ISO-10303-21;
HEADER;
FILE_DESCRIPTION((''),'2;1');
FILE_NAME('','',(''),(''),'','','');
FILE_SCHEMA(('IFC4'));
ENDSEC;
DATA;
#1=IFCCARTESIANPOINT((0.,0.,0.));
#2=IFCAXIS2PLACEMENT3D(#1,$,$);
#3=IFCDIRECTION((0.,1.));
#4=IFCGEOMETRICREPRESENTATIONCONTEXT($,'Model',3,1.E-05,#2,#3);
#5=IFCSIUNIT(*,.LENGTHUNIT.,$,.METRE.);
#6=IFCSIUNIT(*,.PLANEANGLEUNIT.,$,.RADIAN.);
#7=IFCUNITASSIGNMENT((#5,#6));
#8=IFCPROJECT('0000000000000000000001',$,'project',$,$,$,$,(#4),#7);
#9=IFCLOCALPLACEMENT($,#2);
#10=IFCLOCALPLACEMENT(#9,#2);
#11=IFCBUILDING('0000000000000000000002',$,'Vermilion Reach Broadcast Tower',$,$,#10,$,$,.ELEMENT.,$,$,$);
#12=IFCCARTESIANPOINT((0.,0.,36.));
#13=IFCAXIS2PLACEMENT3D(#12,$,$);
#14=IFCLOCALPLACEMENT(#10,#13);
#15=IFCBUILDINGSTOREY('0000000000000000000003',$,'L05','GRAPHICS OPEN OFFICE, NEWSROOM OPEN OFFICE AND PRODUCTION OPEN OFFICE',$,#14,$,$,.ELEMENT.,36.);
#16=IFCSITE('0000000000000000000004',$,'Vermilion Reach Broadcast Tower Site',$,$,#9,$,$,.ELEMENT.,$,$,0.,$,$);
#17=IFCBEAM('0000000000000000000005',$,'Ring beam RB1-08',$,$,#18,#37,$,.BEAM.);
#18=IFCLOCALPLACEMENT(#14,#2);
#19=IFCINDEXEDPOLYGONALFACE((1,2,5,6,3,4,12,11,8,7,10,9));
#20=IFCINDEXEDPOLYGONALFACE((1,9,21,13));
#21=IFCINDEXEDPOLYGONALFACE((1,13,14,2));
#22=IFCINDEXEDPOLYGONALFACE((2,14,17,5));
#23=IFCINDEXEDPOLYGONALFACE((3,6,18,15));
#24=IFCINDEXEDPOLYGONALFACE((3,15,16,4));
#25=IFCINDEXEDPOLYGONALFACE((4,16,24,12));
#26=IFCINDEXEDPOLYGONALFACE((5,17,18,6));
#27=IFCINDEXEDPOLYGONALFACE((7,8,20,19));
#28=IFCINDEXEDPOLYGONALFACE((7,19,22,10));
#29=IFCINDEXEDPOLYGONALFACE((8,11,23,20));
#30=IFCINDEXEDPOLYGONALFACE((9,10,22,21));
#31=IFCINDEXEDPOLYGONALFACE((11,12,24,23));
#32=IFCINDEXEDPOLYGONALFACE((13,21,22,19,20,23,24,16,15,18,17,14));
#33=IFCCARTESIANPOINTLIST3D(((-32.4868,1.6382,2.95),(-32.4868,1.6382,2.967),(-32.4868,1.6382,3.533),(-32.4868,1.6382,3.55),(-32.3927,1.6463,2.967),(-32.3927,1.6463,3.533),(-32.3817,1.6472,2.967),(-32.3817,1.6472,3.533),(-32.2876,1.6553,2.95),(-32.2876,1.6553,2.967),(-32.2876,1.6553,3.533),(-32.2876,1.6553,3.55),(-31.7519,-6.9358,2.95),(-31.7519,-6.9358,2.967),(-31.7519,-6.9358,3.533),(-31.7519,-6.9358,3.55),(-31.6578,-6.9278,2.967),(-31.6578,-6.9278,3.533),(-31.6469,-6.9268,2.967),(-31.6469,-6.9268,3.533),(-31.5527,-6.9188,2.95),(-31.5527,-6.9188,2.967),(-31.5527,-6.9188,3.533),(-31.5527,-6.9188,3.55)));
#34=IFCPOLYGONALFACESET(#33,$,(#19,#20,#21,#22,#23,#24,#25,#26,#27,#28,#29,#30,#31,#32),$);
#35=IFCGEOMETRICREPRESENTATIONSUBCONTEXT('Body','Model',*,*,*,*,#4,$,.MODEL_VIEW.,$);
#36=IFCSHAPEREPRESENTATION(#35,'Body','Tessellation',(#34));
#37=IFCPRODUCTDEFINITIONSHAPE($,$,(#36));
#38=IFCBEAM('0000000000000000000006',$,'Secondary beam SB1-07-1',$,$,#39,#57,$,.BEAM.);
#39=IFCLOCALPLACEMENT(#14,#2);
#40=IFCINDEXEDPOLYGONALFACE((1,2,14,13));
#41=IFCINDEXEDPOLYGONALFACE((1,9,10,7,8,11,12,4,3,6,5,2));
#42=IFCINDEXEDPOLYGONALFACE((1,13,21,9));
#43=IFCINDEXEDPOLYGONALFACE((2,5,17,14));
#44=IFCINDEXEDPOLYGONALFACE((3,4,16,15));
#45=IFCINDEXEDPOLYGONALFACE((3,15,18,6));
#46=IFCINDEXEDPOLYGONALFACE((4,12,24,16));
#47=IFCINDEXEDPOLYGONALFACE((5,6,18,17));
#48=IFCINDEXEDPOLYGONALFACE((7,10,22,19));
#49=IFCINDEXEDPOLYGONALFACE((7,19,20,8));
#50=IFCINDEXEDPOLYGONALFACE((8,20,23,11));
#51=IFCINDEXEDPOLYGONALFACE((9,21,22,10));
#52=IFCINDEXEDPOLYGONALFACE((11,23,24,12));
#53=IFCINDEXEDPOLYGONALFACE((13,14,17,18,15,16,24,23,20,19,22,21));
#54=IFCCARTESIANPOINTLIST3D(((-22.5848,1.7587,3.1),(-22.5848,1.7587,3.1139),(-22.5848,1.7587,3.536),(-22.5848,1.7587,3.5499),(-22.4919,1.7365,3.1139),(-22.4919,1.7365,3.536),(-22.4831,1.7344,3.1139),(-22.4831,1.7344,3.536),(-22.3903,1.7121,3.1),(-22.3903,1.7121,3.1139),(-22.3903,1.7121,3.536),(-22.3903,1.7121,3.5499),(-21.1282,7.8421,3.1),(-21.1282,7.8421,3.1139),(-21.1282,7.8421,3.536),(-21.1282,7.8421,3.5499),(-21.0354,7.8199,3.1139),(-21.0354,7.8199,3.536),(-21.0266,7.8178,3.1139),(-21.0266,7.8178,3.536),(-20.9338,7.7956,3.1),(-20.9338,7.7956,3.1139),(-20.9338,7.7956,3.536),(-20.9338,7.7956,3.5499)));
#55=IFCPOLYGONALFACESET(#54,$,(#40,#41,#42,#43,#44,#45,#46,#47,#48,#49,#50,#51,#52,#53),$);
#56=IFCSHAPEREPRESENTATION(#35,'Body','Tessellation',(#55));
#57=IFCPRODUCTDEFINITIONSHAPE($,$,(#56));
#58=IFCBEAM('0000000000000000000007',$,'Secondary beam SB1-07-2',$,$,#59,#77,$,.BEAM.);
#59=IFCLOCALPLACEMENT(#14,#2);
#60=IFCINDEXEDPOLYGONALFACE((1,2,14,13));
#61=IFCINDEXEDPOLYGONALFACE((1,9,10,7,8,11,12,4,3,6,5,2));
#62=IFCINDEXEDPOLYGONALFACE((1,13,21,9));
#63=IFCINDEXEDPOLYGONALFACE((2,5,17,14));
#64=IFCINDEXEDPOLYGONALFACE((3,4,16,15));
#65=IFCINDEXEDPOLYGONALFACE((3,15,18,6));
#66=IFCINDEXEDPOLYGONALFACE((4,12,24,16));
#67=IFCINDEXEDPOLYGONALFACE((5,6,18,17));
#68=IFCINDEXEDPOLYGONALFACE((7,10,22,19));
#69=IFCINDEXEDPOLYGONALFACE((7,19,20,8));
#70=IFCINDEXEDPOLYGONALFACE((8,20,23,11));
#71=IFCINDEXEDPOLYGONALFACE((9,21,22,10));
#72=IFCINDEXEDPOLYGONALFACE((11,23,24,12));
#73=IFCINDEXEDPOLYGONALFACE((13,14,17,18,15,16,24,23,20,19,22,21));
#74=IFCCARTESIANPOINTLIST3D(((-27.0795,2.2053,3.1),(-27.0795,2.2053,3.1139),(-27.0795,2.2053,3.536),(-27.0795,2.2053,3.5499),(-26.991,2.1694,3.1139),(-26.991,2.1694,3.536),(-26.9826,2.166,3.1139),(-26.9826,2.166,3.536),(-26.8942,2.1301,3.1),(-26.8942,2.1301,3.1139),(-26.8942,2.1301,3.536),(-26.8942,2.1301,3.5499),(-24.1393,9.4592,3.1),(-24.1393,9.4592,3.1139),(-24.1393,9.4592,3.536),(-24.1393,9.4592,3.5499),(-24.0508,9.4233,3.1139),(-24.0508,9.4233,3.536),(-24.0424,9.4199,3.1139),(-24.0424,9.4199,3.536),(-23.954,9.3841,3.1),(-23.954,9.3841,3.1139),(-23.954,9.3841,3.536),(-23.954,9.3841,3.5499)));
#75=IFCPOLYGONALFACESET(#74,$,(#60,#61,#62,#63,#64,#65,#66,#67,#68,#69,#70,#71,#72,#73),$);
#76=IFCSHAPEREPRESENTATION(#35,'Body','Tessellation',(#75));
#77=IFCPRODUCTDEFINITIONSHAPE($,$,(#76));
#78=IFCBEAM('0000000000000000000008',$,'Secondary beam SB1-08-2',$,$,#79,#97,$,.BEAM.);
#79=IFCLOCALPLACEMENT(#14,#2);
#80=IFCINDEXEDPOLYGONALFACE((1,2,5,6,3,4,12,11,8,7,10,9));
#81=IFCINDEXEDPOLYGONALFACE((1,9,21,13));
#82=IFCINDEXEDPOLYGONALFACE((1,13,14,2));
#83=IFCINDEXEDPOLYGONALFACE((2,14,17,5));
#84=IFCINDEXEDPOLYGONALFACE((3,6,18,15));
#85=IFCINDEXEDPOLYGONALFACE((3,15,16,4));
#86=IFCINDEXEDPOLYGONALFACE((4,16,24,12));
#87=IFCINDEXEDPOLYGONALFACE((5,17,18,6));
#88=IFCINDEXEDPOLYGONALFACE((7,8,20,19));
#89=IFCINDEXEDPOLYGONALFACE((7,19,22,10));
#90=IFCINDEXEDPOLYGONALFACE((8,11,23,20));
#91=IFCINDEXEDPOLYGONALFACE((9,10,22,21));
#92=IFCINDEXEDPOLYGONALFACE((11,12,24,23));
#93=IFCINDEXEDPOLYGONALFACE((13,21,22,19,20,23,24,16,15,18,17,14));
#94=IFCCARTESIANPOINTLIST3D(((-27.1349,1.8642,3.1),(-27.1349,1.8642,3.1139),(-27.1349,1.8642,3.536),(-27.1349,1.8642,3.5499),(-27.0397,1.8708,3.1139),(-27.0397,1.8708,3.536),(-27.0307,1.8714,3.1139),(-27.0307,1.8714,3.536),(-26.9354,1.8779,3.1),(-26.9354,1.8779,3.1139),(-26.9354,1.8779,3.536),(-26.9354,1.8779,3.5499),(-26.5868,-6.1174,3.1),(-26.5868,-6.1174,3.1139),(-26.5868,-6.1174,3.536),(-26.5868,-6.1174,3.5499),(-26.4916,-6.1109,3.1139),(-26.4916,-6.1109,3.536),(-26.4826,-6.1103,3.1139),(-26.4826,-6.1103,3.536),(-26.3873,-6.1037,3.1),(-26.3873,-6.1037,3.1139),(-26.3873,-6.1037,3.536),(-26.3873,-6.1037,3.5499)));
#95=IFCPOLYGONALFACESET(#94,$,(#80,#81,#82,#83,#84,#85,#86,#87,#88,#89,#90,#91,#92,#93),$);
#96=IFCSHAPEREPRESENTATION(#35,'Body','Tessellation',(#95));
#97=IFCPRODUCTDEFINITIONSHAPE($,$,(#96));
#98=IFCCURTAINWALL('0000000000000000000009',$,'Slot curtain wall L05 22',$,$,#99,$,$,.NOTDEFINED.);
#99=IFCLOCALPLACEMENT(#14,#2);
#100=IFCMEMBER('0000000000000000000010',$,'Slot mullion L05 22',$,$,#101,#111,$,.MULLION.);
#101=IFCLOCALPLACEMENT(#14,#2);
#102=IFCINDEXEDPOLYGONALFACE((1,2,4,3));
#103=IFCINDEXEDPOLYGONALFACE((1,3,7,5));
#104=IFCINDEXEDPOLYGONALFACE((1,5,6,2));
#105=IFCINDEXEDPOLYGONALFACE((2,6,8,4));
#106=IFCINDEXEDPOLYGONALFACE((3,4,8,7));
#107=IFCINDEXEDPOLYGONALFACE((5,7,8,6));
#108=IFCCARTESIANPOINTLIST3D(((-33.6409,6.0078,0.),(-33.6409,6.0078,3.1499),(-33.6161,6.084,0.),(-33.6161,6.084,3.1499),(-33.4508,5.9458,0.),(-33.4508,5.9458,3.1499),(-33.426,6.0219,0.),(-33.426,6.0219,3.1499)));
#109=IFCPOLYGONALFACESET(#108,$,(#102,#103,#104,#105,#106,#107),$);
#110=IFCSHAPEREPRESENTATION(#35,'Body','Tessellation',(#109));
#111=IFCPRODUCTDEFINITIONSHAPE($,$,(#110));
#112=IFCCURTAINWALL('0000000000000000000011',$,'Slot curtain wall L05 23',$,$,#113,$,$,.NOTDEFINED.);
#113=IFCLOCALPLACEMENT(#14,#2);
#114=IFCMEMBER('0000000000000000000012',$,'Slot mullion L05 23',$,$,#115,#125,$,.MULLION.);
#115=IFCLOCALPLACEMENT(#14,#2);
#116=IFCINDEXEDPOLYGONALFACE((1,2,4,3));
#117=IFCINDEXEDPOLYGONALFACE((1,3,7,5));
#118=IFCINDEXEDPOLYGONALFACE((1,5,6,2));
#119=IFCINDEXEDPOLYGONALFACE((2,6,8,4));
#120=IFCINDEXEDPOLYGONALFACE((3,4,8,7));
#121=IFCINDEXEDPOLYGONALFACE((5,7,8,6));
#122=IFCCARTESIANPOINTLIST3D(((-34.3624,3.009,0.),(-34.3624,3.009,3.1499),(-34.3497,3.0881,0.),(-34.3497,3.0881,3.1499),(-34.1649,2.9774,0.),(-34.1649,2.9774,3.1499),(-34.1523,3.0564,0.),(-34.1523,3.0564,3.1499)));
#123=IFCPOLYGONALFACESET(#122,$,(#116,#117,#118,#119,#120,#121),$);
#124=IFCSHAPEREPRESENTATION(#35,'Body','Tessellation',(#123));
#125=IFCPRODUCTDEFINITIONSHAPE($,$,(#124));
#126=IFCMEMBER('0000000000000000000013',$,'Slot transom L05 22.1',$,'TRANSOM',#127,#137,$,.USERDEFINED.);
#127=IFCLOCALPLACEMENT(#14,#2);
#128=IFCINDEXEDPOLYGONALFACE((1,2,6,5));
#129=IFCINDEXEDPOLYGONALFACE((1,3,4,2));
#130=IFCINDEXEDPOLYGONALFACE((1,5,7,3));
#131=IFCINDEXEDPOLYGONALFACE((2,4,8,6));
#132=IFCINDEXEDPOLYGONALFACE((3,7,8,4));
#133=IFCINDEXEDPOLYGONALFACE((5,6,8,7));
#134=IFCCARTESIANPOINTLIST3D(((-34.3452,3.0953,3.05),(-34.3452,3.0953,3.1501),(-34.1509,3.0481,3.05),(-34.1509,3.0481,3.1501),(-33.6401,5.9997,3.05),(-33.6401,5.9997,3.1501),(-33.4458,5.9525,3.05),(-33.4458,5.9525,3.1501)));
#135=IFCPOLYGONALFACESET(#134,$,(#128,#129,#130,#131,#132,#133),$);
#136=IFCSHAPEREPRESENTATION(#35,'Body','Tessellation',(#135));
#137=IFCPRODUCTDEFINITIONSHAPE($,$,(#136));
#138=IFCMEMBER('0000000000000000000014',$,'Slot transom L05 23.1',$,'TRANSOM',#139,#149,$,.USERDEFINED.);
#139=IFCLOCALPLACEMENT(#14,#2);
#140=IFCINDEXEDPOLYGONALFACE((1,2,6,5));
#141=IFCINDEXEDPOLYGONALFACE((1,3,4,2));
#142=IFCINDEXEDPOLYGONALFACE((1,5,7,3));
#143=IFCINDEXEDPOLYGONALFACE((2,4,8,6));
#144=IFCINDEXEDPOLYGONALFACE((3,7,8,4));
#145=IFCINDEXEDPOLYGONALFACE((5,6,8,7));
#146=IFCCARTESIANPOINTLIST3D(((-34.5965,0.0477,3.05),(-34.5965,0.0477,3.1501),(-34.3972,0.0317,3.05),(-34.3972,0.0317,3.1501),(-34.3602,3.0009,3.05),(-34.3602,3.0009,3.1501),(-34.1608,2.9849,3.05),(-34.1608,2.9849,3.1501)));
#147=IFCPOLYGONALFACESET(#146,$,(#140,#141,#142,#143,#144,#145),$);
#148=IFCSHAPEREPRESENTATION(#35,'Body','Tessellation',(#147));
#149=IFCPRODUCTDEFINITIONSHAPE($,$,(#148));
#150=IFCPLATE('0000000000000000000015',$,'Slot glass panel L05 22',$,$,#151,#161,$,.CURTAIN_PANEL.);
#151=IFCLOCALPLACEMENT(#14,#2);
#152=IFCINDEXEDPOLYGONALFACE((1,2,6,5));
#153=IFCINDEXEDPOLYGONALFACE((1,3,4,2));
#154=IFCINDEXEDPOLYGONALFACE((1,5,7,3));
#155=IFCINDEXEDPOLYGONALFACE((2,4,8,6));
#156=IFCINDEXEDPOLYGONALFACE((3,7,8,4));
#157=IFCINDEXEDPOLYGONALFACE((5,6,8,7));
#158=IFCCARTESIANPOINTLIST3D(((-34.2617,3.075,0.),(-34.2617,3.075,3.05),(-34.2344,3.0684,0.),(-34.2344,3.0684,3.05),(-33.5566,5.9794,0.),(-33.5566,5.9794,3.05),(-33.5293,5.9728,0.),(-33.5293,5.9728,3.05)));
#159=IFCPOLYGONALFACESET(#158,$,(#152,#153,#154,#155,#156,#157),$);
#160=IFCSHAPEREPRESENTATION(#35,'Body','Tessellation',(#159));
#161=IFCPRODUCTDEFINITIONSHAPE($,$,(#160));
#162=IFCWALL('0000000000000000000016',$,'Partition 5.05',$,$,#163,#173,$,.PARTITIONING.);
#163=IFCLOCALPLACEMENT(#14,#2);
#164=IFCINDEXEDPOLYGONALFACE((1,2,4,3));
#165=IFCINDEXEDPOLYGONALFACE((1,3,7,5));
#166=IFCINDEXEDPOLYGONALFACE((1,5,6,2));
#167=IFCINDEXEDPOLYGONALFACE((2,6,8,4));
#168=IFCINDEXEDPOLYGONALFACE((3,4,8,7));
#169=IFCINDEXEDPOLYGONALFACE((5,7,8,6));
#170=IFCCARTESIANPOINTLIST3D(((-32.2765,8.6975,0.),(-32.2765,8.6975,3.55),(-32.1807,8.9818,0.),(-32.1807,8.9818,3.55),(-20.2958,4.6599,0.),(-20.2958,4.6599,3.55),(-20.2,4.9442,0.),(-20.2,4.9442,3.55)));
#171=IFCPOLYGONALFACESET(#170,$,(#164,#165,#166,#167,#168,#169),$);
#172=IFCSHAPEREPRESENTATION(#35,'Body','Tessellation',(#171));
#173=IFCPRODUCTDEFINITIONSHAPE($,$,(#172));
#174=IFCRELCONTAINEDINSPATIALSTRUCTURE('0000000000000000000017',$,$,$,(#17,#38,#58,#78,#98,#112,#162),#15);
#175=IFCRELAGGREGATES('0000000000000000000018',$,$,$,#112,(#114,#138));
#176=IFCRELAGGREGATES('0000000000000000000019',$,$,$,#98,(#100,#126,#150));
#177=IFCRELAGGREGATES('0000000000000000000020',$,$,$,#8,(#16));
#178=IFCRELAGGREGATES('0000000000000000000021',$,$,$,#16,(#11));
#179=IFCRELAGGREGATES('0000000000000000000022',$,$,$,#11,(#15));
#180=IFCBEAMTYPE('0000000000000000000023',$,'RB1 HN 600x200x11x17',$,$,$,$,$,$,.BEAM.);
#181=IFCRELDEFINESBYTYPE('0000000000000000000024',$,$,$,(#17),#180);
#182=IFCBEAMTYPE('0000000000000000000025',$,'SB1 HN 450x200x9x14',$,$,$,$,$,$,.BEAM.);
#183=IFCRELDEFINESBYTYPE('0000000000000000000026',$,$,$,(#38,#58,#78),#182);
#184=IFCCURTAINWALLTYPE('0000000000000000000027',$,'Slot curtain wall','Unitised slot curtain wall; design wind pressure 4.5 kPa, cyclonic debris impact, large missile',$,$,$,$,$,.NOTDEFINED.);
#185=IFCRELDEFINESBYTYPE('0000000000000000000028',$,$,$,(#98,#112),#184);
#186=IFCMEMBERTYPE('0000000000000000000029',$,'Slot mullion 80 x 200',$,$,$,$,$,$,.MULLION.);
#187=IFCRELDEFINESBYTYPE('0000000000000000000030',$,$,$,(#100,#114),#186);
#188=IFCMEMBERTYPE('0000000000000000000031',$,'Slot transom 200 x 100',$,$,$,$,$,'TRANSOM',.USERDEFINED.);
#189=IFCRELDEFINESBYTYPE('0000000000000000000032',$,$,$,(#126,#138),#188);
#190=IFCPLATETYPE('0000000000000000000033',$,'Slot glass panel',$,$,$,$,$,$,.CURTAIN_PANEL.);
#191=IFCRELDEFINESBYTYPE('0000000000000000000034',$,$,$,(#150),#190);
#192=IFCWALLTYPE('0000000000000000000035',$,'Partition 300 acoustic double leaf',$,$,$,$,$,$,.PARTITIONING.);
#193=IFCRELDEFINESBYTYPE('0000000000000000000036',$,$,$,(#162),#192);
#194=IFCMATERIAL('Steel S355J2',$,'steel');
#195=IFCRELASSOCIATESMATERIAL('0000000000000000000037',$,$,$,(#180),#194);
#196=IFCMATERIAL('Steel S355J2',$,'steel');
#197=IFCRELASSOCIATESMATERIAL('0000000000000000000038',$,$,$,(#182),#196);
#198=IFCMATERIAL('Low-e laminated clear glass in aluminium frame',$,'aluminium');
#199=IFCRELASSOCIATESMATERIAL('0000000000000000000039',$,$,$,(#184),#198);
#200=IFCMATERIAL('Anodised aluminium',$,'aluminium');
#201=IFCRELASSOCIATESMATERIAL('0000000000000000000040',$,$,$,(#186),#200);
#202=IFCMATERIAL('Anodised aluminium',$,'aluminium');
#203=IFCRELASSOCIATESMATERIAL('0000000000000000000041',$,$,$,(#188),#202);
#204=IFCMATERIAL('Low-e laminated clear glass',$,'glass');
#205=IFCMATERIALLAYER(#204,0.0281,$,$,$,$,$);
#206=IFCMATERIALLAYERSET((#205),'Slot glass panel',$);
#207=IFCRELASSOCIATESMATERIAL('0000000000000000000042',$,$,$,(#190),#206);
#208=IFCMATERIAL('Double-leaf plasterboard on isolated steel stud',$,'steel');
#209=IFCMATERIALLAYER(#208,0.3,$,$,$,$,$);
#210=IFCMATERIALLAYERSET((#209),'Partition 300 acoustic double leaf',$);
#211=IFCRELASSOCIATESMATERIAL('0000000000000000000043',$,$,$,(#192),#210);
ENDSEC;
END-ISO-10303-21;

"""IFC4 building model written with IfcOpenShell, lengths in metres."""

from ifc_helpers import new_model, si_unit, direction, frame, frame_2d, origin, origin_2d, place, context, subcontext, project, spatial, rectangle, i_section, extrude, material, layer, layer_set, material_profile, profile_set, type_object, element, aggregate, save


model = new_model("IFC4")

# Units and contexts
model_context = context("Model", 3, precision=1e-05, world=origin(), true_north=direction((0.0, 1.0)))
body_context = subcontext(model_context, "Body", "Model", "MODEL_VIEW")
ifc_project = project(units=[si_unit("LENGTHUNIT", "METRE"), si_unit("PLANEANGLEUNIT", "RADIAN")], contexts=[model_context])

# Site, building, storey
site_placement = place(None, origin())
site = spatial("IfcSite", under=ifc_project, at=site_placement, Name="Vermilion Reach Broadcast Tower Site", CompositionType="ELEMENT", RefElevation=0.0)
building_placement = place(site_placement, origin())
building = spatial("IfcBuilding", under=site, at=building_placement, Name="Vermilion Reach Broadcast Tower", CompositionType="ELEMENT")
storey_placement = place(building_placement, frame((0.0, 0.0, 36.0)))
storey = spatial("IfcBuildingStorey", under=building, at=storey_placement, Name="L05", Description="GRAPHICS OPEN OFFICE, NEWSROOM OPEN OFFICE AND PRODUCTION OPEN OFFICE", CompositionType="ELEMENT", Elevation=36.0)

# Beams
ifc_material_1 = material(Name="Steel S355J2", Category="steel")
ifc_material_profile_1 = material_profile(ifc_material_1, i_section(OverallWidth=0.2, OverallDepth=0.6001, WebThickness=0.011, FlangeThickness=0.0171, at=origin_2d()), Name="S355J2 HN 600x200x11x17")
ifc_profile_set_1 = profile_set([ifc_material_profile_1], Name="Steel S355J2")
beam_type_1 = type_object("IfcBeamType", Name="RB1 HN 600x200x11x17", PredefinedType="BEAM", material=ifc_profile_set_1)
beam_1_placement = place(storey_placement, frame((-32.3872, 1.6467, 3.25), z_axis=(0.085396, -0.996347, 0.0), x_axis=(0.996347, 0.085396, 0.0)))
element("IfcBeam", 1, at=beam_1_placement, inside=storey, type_object=beam_type_1, Name="Ring beam RB1-08", PredefinedType="BEAM", context=body_context, shape_type="SweptSolid", body=[
    extrude(i_section(OverallWidth=0.2, OverallDepth=0.6001, WebThickness=0.011, FlangeThickness=0.0171, at=origin_2d()), origin(), (0.0, 0.0, 1.0), 8.6055),
])
ifc_material_2 = material(Name="Steel S355J2", Category="steel")
ifc_material_profile_2 = material_profile(ifc_material_2, i_section(OverallWidth=0.2, OverallDepth=0.45, WebThickness=0.009, FlangeThickness=0.0139, at=origin_2d()), Name="S355J2 HN 450x200x9x14")
ifc_profile_set_2 = profile_set([ifc_material_profile_2], Name="Steel S355J2")
beam_type_2 = type_object("IfcBeamType", Name="SB1 HN 450x200x9x14", PredefinedType="BEAM", material=ifc_profile_set_2)
beam_2_placement = place(storey_placement, frame((-21.031, 7.8188, 3.325), z_axis=(-0.232844, -0.972514, 0.0), x_axis=(0.972514, -0.232844, 0.0)))
element("IfcBeam", 2, at=beam_2_placement, inside=storey, type_object=beam_type_2, Name="Secondary beam SB1-07-1", PredefinedType="BEAM", context=body_context, shape_type="SweptSolid", body=[
    extrude(i_section(OverallWidth=0.2, OverallDepth=0.45, WebThickness=0.009, FlangeThickness=0.0139, at=origin_2d()), origin(), (0.0, 0.0, 1.0), 6.2554),
])
beam_3_placement = place(storey_placement, frame((-24.0466, 9.4216, 3.325), z_axis=(-0.375641, -0.926765, 0.0), x_axis=(0.926765, -0.375641, 0.0)))
element("IfcBeam", 3, at=beam_3_placement, inside=storey, type_object=beam_type_2, Name="Secondary beam SB1-07-2", PredefinedType="BEAM", context=body_context, shape_type="SweptSolid", body=[
    extrude(i_section(OverallWidth=0.2, OverallDepth=0.45, WebThickness=0.009, FlangeThickness=0.0139, at=origin_2d()), origin(), (0.0, 0.0, 1.0), 7.8271),
])
beam_4_placement = place(storey_placement, frame((-27.0352, 1.8711, 3.325), z_axis=(0.068508, -0.997651, 0.0), x_axis=(0.997651, 0.068508, 0.0)))
element("IfcBeam", 4, at=beam_4_placement, inside=storey, type_object=beam_type_2, Name="Secondary beam SB1-08-2", PredefinedType="BEAM", context=body_context, shape_type="SweptSolid", body=[
    extrude(i_section(OverallWidth=0.2, OverallDepth=0.45, WebThickness=0.009, FlangeThickness=0.0139, at=origin_2d()), origin(), (0.0, 0.0, 1.0), 8.0005),
])

# Curtain walls, members
ifc_material_3 = material(Name="Low-e laminated clear glass in aluminium frame", Category="aluminium")
curtain_wall_type = type_object("IfcCurtainWallType", Name="Slot curtain wall", Description="Unitised slot curtain wall; design wind pressure 4.5 kPa, cyclonic debris impact, large missile", PredefinedType="NOTDEFINED", material=ifc_material_3)
placement = place(storey_placement, origin())
curtain_wall_1 = element("IfcCurtainWall", 5, at=placement, inside=storey, type_object=curtain_wall_type, Name="Slot curtain wall L05 22", PredefinedType="NOTDEFINED")
ifc_material_4 = material(Name="Anodised aluminium", Category="aluminium")
ifc_material_profile_3 = material_profile(ifc_material_4, rectangle(XDim=0.2, YDim=0.0801, at=origin_2d()), Name="Slot mullion 80 x 200")
ifc_profile_set_3 = profile_set([ifc_material_profile_3], Name="Anodised aluminium")
member_type_1 = type_object("IfcMemberType", Name="Slot mullion 80 x 200", PredefinedType="MULLION", material=ifc_profile_set_3)
member_1_placement = place(storey_placement, frame((-33.5334, 6.0149, 0.0), z_axis=(0.0, 0.0, 1.0), x_axis=(0.95066, -0.310236, 0.0)))
member_1 = element("IfcMember", 6, at=member_1_placement, type_object=member_type_1, Name="Slot mullion L05 22", PredefinedType="MULLION", context=body_context, shape_type="SweptSolid", body=[
    extrude(rectangle(XDim=0.2, YDim=0.0801, at=origin_2d()), origin(), (0.0, 0.0, 1.0), 3.1499),
])
curtain_wall_2 = element("IfcCurtainWall", 7, at=placement, inside=storey, type_object=curtain_wall_type, Name="Slot curtain wall L05 23", PredefinedType="NOTDEFINED")
member_2_placement = place(storey_placement, frame((-34.2573, 3.0327, 0.0), z_axis=(0.0, 0.0, 1.0), x_axis=(0.987389, -0.158311, 0.0)))
member_2 = element("IfcMember", 8, at=member_2_placement, type_object=member_type_1, Name="Slot mullion L05 23", PredefinedType="MULLION", context=body_context, shape_type="SweptSolid", body=[
    extrude(rectangle(XDim=0.2, YDim=0.0801, at=origin_2d()), origin(), (0.0, 0.0, 1.0), 3.1499),
])

# Members
ifc_material_5 = material(Name="Anodised aluminium", Category="aluminium")
ifc_material_profile_4 = material_profile(ifc_material_5, rectangle(XDim=0.2, YDim=0.1001, at=origin_2d()), Name="Slot transom 200 x 100")
ifc_profile_set_4 = profile_set([ifc_material_profile_4], Name="Anodised aluminium")
member_type_2 = type_object("IfcMemberType", Name="Slot transom 200 x 100", ElementType="TRANSOM", PredefinedType="USERDEFINED", material=ifc_profile_set_4)
member_3_placement = place(storey_placement, frame((-33.543, 5.9761, 3.1001), z_axis=(-0.235918, -0.971773, 0.0), x_axis=(0.971773, -0.235918, 0.0)))
member_3 = element("IfcMember", 9, at=member_3_placement, type_object=member_type_2, Name="Slot transom L05 22.1", ObjectType="TRANSOM", PredefinedType="USERDEFINED", context=body_context, shape_type="SweptSolid", body=[
    extrude(rectangle(XDim=0.2, YDim=0.1001, at=origin_2d()), origin(), (0.0, 0.0, 1.0), 2.9888),
])
member_4_placement = place(storey_placement, frame((-34.2605, 2.9929, 3.1001), z_axis=(-0.079771, -0.996813, 0.0), x_axis=(0.996813, -0.079771, 0.0)))
member_4 = element("IfcMember", 10, at=member_4_placement, type_object=member_type_2, Name="Slot transom L05 23.1", ObjectType="TRANSOM", PredefinedType="USERDEFINED", context=body_context, shape_type="SweptSolid", body=[
    extrude(rectangle(XDim=0.2, YDim=0.1001, at=origin_2d()), origin(), (0.0, 0.0, 1.0), 2.9626),
])
aggregate(curtain_wall_2, [member_2, member_4])

# Plate
ifc_material_6 = material(Name="Low-e laminated clear glass", Category="glass")
ifc_layer_1 = layer(ifc_material_6, 0.0281)
ifc_layer_set_1 = layer_set([ifc_layer_1], Name="Slot glass panel")
plate_type = type_object("IfcPlateType", Name="Slot glass panel", PredefinedType="CURTAIN_PANEL", material=ifc_layer_set_1)
plate_placement = place(storey_placement, frame((-33.8955, 4.5239, 0.0), z_axis=(0.0, 0.0, 1.0), x_axis=(-0.235897, -0.971778, 0.0)))
plate = element("IfcPlate", 11, at=plate_placement, type_object=plate_type, Name="Slot glass panel L05 22", PredefinedType="CURTAIN_PANEL", context=body_context, shape_type="SweptSolid", body=[
    extrude(rectangle(XDim=2.9888, YDim=0.0281, at=origin_2d()), origin(), (0.0, 0.0, 1.0), 3.05),
])
aggregate(curtain_wall_1, [member_1, member_3, plate])

# Wall
ifc_material_7 = material(Name="Double-leaf plasterboard on isolated steel stud", Category="steel")
ifc_layer_2 = layer(ifc_material_7, 0.3)
ifc_layer_set_2 = layer_set([ifc_layer_2], Name="Partition 300 acoustic double leaf")
wall_type_1 = type_object("IfcWallType", Name="Partition 300 acoustic double leaf", PredefinedType="PARTITIONING", material=ifc_layer_set_2)
wall_1_placement = place(storey_placement, frame((-32.2285, 8.8396, 0.0), z_axis=(0.0, 0.0, 1.0), x_axis=(0.947633, -0.31936, 0.0)))
element("IfcWall", 12, at=wall_1_placement, inside=storey, type_object=wall_type_1, Name="Partition 5.05", PredefinedType="PARTITIONING", context=body_context, shape_type="SweptSolid", body=[
    extrude(rectangle(XDim=12.6428, YDim=0.3, at=frame_2d((6.3213, 0.0))), origin(), (0.0, 0.0, 1.0), 3.55),
])

save(model, "model.ifc")
